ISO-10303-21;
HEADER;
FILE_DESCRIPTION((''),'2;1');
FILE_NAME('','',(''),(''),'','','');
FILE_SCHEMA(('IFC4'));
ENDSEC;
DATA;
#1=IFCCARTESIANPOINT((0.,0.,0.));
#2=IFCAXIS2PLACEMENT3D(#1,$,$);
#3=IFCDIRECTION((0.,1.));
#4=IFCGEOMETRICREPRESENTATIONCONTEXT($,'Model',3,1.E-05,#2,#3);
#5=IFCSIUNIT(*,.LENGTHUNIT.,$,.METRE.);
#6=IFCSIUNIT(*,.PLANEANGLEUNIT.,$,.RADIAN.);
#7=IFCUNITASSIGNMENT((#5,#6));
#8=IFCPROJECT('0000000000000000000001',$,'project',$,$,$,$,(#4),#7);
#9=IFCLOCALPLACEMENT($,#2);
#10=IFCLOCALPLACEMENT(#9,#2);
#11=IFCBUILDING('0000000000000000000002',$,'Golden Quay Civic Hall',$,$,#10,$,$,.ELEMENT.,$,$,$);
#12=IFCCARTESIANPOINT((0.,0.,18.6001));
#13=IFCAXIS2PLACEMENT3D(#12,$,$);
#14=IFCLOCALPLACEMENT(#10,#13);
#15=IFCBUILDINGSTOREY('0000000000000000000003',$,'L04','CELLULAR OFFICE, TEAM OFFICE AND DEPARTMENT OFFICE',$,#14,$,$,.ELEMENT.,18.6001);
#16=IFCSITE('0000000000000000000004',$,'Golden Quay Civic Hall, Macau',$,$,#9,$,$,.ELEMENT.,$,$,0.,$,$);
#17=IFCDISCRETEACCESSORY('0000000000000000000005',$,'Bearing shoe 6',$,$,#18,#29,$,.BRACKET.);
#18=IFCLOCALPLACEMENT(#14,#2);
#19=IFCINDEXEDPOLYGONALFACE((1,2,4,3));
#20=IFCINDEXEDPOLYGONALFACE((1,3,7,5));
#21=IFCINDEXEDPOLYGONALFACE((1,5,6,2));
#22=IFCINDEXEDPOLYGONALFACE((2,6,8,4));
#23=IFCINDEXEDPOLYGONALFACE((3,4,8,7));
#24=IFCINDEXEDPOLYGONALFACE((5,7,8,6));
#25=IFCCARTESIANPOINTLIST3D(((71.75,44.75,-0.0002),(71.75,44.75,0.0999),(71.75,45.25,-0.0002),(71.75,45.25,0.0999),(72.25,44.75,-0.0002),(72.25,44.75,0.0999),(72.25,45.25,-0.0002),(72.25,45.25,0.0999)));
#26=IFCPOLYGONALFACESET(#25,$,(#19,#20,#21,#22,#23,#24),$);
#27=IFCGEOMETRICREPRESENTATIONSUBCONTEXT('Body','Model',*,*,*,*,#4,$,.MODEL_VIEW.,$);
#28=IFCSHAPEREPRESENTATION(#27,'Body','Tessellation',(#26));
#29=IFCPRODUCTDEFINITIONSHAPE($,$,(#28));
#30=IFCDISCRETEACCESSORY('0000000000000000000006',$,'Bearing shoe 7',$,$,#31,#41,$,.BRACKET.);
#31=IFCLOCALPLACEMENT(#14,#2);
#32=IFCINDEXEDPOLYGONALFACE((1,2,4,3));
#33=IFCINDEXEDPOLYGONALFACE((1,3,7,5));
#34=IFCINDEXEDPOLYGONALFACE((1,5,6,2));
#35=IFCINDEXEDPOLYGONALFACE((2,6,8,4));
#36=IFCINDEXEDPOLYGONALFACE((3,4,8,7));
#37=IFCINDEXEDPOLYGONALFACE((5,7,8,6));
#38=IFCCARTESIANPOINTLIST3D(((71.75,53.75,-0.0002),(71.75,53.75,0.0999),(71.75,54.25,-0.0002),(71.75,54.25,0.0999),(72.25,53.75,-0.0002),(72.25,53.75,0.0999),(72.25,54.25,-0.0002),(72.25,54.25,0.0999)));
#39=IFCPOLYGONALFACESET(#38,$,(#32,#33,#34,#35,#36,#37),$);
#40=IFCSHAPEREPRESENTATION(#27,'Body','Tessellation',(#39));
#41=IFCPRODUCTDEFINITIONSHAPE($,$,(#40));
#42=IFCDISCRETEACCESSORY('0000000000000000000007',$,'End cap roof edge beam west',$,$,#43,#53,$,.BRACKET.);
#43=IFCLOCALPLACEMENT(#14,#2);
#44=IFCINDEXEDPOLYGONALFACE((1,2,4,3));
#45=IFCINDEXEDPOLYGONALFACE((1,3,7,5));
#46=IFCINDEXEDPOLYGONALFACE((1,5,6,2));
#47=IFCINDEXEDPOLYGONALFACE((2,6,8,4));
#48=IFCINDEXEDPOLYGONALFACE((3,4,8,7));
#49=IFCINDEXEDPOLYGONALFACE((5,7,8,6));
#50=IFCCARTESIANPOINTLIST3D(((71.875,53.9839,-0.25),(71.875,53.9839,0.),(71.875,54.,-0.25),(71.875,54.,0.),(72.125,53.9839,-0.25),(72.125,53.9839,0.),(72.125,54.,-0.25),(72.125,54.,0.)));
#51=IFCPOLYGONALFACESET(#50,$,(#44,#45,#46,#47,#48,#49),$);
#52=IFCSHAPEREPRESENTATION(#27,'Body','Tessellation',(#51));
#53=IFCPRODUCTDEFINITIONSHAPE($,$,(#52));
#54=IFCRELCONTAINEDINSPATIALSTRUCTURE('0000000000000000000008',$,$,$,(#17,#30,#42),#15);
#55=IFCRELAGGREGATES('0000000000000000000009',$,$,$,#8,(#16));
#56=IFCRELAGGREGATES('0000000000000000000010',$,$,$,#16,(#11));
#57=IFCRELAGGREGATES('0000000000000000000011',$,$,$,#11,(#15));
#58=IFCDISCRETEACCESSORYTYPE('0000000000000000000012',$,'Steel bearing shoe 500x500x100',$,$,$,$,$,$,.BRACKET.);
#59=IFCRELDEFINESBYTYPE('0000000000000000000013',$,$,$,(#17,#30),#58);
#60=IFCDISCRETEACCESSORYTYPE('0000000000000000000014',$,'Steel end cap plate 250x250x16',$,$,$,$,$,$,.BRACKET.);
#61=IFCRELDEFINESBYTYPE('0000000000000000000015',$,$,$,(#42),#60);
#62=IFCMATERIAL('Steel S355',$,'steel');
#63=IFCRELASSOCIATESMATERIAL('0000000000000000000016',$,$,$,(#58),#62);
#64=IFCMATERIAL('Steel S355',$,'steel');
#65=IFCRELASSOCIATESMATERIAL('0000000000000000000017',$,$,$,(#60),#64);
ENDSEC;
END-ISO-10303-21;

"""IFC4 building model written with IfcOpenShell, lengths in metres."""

from ifc_helpers import new_model, si_unit, direction, frame, origin, origin_2d, place, context, subcontext, project, spatial, rectangle, extrude, material, material_profile, profile_set, type_object, element, save


model = new_model("IFC4")

# Units and contexts
model_context = context("Model", 3, precision=1e-05, world=origin(), true_north=direction((0.0, 1.0)))
body_context = subcontext(model_context, "Body", "Model", "MODEL_VIEW")
ifc_project = project(units=[si_unit("LENGTHUNIT", "METRE"), si_unit("PLANEANGLEUNIT", "RADIAN")], contexts=[model_context])

# Site, building, storey
site_placement = place(None, origin())
site = spatial("IfcSite", under=ifc_project, at=site_placement, Name="Golden Quay Civic Hall, Macau", CompositionType="ELEMENT", RefElevation=0.0)
building_placement = place(site_placement, origin())
building = spatial("IfcBuilding", under=site, at=building_placement, Name="Golden Quay Civic Hall", CompositionType="ELEMENT")
storey_placement = place(building_placement, frame((0.0, 0.0, 18.6001)))
storey = spatial("IfcBuildingStorey", under=building, at=storey_placement, Name="L04", Description="CELLULAR OFFICE, TEAM OFFICE AND DEPARTMENT OFFICE", CompositionType="ELEMENT", Elevation=18.6001)

# Discrete accessories
ifc_material_1 = material(Name="Steel S355", Category="steel")
discrete_accessory_type_1 = type_object("IfcDiscreteAccessoryType", Name="Steel bearing shoe 500x500x100", PredefinedType="BRACKET", material=ifc_material_1)
for number, where, z_axis, x_axis, name in (
    (1, (72.0, 45.0, -0.0002), (0.0, 0.0, 1.0), (1.0, 0.0, 0.0), "Bearing shoe 6"),
    (2, (72.0, 54.0, -0.0002), (0.0, 0.0, 1.0), (1.0, 0.0, 0.0), "Bearing shoe 7"),
):
    element("IfcDiscreteAccessory", number, at=place(storey_placement, frame(where, z_axis=z_axis, x_axis=x_axis)), inside=storey, type_object=discrete_accessory_type_1, Name=name, PredefinedType="BRACKET", context=body_context, shape_type="SweptSolid", body=[
        extrude(rectangle(XDim=0.5, YDim=0.5, at=origin_2d()), origin(), (0.0, 0.0, 1.0), 0.1001),
    ])
ifc_material_2 = material(Name="Steel S355", Category="steel")
ifc_material_profile_1 = material_profile(ifc_material_2, rectangle(XDim=0.25, YDim=0.25, at=origin_2d()), Name="Steel end cap plate 250x250x16")
ifc_profile_set_1 = profile_set([ifc_material_profile_1], Name="Steel S355")
discrete_accessory_type_2 = type_object("IfcDiscreteAccessoryType", Name="Steel end cap plate 250x250x16", PredefinedType="BRACKET", material=ifc_profile_set_1)
discrete_accessory_placement = place(storey_placement, frame((72.0, 53.9839, -0.125), z_axis=(0.0, 1.0, 0.0), x_axis=(-1.0, 0.0, 0.0)))
element("IfcDiscreteAccessory", 3, at=discrete_accessory_placement, inside=storey, type_object=discrete_accessory_type_2, Name="End cap roof edge beam west", PredefinedType="BRACKET", context=body_context, shape_type="SweptSolid", body=[
    extrude(rectangle(XDim=0.25, YDim=0.25, at=origin_2d()), origin(), (0.0, 0.0, 1.0), 0.0161),
])

save(model, "model.ifc")
